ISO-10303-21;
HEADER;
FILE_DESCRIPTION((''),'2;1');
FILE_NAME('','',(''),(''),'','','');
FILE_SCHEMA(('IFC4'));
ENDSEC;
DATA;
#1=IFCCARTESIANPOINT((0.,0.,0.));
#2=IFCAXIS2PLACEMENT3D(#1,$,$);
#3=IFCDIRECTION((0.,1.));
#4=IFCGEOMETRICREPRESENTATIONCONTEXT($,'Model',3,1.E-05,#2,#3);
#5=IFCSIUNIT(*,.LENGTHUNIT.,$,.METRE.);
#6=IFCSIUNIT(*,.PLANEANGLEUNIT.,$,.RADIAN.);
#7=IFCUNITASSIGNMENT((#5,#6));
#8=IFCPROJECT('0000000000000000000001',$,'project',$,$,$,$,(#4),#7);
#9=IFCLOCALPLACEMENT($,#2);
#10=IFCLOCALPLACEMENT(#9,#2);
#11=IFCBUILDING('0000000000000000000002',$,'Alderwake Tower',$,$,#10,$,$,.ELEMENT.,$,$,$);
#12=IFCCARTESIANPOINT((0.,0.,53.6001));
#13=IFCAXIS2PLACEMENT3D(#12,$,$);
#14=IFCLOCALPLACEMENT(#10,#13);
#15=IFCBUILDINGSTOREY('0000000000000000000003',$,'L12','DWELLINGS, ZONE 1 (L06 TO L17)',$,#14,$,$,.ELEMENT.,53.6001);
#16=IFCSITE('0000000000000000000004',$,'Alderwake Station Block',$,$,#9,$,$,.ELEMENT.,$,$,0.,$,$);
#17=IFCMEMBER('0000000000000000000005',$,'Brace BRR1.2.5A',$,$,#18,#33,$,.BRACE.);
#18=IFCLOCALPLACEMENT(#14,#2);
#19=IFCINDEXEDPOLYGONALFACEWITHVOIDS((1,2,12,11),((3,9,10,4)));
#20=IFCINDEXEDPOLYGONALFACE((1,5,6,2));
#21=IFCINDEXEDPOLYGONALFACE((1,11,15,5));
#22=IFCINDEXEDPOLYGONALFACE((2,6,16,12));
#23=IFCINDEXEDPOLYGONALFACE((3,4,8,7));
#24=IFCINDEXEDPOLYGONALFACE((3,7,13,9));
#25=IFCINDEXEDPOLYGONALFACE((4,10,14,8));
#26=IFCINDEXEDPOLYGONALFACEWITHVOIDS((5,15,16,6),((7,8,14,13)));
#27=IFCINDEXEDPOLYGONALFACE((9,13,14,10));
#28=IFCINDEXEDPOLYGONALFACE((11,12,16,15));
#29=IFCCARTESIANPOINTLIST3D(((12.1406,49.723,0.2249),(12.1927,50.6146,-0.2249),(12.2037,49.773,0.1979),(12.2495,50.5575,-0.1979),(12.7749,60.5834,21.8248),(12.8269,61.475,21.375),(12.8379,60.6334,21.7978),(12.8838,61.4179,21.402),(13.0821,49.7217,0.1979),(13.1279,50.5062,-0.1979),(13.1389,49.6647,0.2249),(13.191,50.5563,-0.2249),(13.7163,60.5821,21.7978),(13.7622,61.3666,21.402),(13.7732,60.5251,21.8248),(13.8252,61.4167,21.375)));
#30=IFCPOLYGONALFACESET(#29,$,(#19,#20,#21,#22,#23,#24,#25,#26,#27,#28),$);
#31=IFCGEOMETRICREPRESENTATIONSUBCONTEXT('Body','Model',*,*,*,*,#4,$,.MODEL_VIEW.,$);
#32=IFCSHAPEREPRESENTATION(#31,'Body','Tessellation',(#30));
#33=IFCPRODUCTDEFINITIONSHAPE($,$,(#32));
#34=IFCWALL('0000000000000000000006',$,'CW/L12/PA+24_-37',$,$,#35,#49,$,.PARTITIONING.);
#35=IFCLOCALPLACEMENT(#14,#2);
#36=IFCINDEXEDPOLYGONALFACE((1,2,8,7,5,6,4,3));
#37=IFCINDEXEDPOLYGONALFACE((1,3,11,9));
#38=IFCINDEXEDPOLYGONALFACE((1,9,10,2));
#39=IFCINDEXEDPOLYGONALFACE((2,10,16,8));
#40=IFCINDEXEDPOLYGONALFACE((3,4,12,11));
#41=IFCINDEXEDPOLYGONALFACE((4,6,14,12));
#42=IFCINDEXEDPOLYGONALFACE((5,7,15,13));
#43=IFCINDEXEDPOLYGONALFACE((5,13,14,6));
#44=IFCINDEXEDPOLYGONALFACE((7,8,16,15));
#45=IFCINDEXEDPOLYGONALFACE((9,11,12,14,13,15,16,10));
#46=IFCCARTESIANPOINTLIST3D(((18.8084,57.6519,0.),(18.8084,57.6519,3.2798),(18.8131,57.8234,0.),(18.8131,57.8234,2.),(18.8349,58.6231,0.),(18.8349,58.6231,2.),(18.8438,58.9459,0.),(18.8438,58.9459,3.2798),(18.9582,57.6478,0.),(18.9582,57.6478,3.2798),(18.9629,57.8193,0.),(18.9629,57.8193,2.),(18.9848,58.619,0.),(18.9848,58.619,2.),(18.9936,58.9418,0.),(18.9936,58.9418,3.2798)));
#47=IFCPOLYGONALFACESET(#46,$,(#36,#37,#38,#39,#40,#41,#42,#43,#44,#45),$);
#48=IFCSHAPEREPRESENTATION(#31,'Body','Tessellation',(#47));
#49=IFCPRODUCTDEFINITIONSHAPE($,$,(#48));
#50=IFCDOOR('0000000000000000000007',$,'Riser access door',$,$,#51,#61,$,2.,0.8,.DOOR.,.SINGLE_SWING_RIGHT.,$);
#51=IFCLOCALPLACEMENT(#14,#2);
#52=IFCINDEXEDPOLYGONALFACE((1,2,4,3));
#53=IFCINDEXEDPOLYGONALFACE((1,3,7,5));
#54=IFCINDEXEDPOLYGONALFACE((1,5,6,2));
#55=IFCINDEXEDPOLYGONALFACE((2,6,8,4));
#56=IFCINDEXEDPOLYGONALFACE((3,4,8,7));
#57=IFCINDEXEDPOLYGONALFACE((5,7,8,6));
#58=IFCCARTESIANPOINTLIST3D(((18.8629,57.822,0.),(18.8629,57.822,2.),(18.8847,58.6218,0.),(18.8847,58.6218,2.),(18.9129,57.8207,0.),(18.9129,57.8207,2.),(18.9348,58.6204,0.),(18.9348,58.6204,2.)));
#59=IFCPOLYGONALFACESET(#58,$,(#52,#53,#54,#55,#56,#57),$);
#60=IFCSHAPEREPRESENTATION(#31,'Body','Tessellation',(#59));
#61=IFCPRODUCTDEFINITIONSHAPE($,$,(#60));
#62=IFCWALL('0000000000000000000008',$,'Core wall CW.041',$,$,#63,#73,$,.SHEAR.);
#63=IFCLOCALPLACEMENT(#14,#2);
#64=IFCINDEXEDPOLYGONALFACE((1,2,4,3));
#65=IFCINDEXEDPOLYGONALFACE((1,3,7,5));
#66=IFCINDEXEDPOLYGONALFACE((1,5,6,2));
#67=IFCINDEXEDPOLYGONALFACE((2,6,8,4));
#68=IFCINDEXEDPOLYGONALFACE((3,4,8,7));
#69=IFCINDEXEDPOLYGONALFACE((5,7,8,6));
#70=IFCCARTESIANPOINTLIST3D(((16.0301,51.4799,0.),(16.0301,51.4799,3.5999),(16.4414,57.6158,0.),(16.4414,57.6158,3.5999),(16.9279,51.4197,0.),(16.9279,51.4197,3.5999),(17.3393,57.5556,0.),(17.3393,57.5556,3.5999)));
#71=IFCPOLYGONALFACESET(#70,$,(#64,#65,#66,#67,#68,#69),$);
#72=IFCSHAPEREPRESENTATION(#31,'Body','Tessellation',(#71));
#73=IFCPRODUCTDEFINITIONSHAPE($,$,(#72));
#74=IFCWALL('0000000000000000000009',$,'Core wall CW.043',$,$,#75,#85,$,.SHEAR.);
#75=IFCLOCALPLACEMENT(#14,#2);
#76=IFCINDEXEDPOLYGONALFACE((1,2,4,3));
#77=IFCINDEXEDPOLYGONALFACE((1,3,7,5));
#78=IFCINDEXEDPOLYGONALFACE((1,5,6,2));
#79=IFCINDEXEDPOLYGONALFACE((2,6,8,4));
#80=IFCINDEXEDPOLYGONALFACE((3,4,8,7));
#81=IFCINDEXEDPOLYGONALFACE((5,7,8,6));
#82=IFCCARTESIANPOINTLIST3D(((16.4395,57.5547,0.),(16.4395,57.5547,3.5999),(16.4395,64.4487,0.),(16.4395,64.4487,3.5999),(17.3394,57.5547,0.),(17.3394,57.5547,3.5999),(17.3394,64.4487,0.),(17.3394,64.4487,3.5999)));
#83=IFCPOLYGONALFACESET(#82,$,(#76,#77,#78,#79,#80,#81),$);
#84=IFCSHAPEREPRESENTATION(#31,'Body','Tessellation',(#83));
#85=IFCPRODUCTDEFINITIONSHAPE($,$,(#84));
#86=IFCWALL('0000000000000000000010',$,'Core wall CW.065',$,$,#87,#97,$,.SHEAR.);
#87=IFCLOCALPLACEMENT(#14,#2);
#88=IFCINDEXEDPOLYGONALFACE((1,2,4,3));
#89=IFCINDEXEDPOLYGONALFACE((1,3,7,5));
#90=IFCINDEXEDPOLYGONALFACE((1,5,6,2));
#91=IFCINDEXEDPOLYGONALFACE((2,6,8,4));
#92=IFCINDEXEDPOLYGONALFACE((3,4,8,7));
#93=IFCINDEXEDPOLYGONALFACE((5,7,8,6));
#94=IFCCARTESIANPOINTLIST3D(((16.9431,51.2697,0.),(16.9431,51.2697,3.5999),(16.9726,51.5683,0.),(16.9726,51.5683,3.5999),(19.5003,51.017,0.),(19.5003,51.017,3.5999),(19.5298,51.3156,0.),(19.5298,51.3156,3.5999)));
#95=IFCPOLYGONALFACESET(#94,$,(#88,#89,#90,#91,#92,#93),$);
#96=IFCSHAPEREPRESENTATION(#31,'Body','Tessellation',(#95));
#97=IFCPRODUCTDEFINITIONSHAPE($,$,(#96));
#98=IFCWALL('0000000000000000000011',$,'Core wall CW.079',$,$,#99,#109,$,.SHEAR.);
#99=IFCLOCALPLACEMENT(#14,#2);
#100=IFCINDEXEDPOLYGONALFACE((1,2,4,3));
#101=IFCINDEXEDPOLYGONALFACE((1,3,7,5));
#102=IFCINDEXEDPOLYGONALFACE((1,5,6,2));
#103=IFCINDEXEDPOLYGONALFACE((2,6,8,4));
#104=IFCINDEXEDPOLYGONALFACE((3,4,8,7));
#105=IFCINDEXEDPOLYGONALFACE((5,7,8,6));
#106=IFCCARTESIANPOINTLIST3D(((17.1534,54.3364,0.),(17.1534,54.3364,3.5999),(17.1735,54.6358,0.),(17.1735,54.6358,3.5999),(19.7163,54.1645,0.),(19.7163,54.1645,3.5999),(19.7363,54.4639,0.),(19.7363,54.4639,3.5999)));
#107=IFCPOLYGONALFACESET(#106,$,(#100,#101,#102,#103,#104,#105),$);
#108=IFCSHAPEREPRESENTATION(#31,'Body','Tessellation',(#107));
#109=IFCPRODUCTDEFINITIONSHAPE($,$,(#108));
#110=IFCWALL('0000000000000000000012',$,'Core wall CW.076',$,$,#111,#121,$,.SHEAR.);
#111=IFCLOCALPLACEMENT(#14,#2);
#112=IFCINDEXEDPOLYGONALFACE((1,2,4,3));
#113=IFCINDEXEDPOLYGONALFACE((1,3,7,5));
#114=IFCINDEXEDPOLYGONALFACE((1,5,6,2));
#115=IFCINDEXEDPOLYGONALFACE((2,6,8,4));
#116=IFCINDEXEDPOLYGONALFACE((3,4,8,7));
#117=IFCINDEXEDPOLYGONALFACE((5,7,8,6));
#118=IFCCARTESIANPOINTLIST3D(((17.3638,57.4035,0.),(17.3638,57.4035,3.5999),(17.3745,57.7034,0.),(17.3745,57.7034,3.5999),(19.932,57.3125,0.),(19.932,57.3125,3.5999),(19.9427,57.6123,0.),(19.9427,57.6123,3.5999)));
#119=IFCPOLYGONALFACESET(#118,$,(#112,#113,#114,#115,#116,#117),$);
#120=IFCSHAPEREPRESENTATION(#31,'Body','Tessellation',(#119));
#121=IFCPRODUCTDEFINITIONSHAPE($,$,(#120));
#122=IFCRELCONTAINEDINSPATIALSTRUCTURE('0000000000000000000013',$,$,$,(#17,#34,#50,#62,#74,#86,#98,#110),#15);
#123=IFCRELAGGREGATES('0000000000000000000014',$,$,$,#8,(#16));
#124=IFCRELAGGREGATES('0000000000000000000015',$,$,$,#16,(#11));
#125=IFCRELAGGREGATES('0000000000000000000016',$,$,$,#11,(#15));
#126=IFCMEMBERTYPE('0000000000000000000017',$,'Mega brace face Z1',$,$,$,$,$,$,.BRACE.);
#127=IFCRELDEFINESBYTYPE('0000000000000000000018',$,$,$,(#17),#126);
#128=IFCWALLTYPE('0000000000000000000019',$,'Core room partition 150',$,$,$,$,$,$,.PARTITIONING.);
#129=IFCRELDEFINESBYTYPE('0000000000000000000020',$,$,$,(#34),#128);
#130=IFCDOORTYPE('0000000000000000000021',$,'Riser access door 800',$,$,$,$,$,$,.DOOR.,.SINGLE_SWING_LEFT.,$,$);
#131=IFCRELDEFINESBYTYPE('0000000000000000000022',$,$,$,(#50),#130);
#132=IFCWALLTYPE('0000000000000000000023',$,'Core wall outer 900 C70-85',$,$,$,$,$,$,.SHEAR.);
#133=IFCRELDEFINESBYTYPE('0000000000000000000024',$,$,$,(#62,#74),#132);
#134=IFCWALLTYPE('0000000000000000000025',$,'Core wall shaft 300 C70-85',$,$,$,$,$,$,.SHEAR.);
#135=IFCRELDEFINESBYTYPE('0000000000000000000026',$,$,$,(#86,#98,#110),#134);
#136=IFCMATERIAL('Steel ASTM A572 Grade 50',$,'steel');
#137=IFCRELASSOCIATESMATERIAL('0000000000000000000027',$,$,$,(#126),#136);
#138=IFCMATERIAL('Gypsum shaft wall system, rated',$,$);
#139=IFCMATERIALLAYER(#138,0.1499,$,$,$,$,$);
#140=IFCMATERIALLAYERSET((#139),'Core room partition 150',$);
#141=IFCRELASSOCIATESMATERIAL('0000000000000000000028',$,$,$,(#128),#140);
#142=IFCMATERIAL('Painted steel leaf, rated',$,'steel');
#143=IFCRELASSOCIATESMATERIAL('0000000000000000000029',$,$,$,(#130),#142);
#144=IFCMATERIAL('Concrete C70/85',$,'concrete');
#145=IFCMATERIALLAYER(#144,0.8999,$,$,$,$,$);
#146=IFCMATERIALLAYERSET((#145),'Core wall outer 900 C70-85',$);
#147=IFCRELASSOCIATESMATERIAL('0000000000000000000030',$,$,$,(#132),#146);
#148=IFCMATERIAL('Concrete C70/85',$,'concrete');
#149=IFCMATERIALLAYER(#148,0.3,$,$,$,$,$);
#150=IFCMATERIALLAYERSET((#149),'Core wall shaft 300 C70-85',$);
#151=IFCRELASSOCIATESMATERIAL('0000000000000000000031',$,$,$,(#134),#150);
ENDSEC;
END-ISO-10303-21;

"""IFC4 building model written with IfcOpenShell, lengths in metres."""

from ifc_helpers import new_model, si_unit, direction, frame, frame_2d, origin, origin_2d, place, context, subcontext, project, spatial, rectangle, hollow_rectangle, extrude, material, layer, layer_set, material_profile, profile_set, type_object, element, fill, save


model = new_model("IFC4")

# Units and contexts
model_context = context("Model", 3, precision=1e-05, world=origin(), true_north=direction((0.0, 1.0)))
body_context = subcontext(model_context, "Body", "Model", "MODEL_VIEW")
ifc_project = project(units=[si_unit("LENGTHUNIT", "METRE"), si_unit("PLANEANGLEUNIT", "RADIAN")], contexts=[model_context])

# Site, building, storey
site_placement = place(None, origin())
site = spatial("IfcSite", under=ifc_project, at=site_placement, Name="Alderwake Station Block", CompositionType="ELEMENT", RefElevation=0.0)
building_placement = place(site_placement, origin())
building = spatial("IfcBuilding", under=site, at=building_placement, Name="Alderwake Tower", CompositionType="ELEMENT")
storey_placement = place(building_placement, frame((0.0, 0.0, 53.6001)))
storey = spatial("IfcBuildingStorey", under=building, at=storey_placement, Name="L12", Description="DWELLINGS, ZONE 1 (L06 TO L17)", CompositionType="ELEMENT", Elevation=53.6001)

# Member
ifc_material_1 = material(Name="Steel ASTM A572 Grade 50", Category="steel")
ifc_material_profile_1 = material_profile(ifc_material_1, hollow_rectangle(XDim=1.0, YDim=1.0, WallThickness=0.0601, at=origin_2d()), Name="BOX 1000X1000X60")
ifc_profile_set_1 = profile_set([ifc_material_profile_1], Name="Steel ASTM A572 Grade 50")
member_type = type_object("IfcMemberType", Name="Mega brace face Z1", PredefinedType="BRACE", material=ifc_profile_set_1)
member_placement = place(storey_placement, frame((12.6658, 50.1396, 0.0), z_axis=(0.026226, 0.449057, 0.893118), x_axis=(-0.998299, 0.058304, 0.0)))
element("IfcMember", 1, at=member_placement, inside=storey, type_object=member_type, Name="Brace BRR1.2.5A", PredefinedType="BRACE", context=body_context, shape_type="SweptSolid", body=[
    extrude(hollow_rectangle(XDim=1.0, YDim=1.0, WallThickness=0.0601, at=origin_2d()), origin(), (0.0, 0.0, 1.0), 24.1848),
])

# Wall, opening, door
ifc_material_2 = material(Name="Gypsum shaft wall system, rated")
ifc_layer_1 = layer(ifc_material_2, 0.1499)
ifc_layer_set_1 = layer_set([ifc_layer_1], Name="Core room partition 150")
wall_type_1 = type_object("IfcWallType", Name="Core room partition 150", PredefinedType="PARTITIONING", material=ifc_layer_set_1)
wall_1_placement = place(storey_placement, frame((18.9187, 58.9438, 0.0), z_axis=(0.0, 0.0, 1.0), x_axis=(-0.027348, -0.999626, 0.0)))
wall_1 = element("IfcWall", 2, at=wall_1_placement, inside=storey, type_object=wall_type_1, Name="CW/L12/PA+24_-37", PredefinedType="PARTITIONING", context=body_context, shape_type="SweptSolid", body=[
    extrude(rectangle(XDim=1.2944, YDim=0.1499, at=frame_2d((0.6472, 0.0))), origin(), (0.0, 0.0, 1.0), 3.2798),
])
opening_1_placement = place(wall_1_placement, frame((0.323, 0.0, 0.0)))
opening_1 = element("IfcOpeningElement", 3, at=opening_1_placement, cuts=wall_1, PredefinedType="OPENING", context=body_context, shape_type="SweptSolid", body=[
    extrude(rectangle(XDim=0.8, YDim=2.0, at=frame_2d((0.3999, 1.0))), frame((0.0, 0.085, 0.0), z_axis=(0.0, -1.0, 0.0), x_axis=(1.0, 0.0, 0.0)), (0.0, 0.0, 1.0), 0.1699),
])
ifc_material_3 = material(Name="Painted steel leaf, rated", Category="steel")
door_type_1 = type_object("IfcDoorType", Name="Riser access door 800", OperationType="SINGLE_SWING_LEFT", PredefinedType="DOOR", material=ifc_material_3)
door_1_placement = place(opening_1_placement, origin())
door_1 = element("IfcDoor", 4, at=door_1_placement, inside=storey, type_object=door_type_1, Name="Riser access door", OperationType="SINGLE_SWING_RIGHT", OverallHeight=2.0, OverallWidth=0.8, PredefinedType="DOOR", context=body_context, shape_type="SweptSolid", body=[
    extrude(rectangle(XDim=0.8, YDim=2.0, at=frame_2d((0.3999, 1.0))), frame((0.0, 0.0249, 0.0), z_axis=(0.0, -1.0, 0.0), x_axis=(1.0, 0.0, 0.0)), (0.0, 0.0, 1.0), 0.05),
])
fill(opening_1, door_1)

# Walls
ifc_material_4 = material(Name="Concrete C70/85", Category="concrete")
ifc_layer_2 = layer(ifc_material_4, 0.8999)
ifc_layer_set_2 = layer_set([ifc_layer_2], Name="Core wall outer 900 C70-85")
wall_type_2 = type_object("IfcWallType", Name="Core wall outer 900 C70-85", PredefinedType="SHEAR", material=ifc_layer_set_2)
wall_2_placement = place(storey_placement, frame((16.479, 51.45, 0.0), z_axis=(0.0, 0.0, 1.0), x_axis=(0.066893, 0.99776, 0.0)))
element("IfcWall", 5, at=wall_2_placement, inside=storey, type_object=wall_type_2, Name="Core wall CW.041", PredefinedType="SHEAR", context=body_context, shape_type="SweptSolid", body=[
    extrude(rectangle(XDim=6.1497, YDim=0.8999, at=frame_2d((3.0747, 0.0))), origin(), (0.0, 0.0, 1.0), 3.5999),
])
wall_3_placement = place(storey_placement, frame((16.8894, 57.5547, 0.0), z_axis=(0.0, 0.0, 1.0), x_axis=(0.0, 1.0, 0.0)))
element("IfcWall", 6, at=wall_3_placement, inside=storey, type_object=wall_type_2, Name="Core wall CW.043", PredefinedType="SHEAR", context=body_context, shape_type="SweptSolid", body=[
    extrude(rectangle(XDim=6.894, YDim=0.8999, at=frame_2d((3.447, 0.0))), origin(), (0.0, 0.0, 1.0), 3.5999),
])
ifc_material_5 = material(Name="Concrete C70/85", Category="concrete")
ifc_layer_3 = layer(ifc_material_5, 0.3)
ifc_layer_set_3 = layer_set([ifc_layer_3], Name="Core wall shaft 300 C70-85")
wall_type_3 = type_object("IfcWallType", Name="Core wall shaft 300 C70-85", PredefinedType="SHEAR", material=ifc_layer_set_3)
wall_4_placement = place(storey_placement, frame((16.958, 51.4189, 0.0), z_axis=(0.0, 0.0, 1.0), x_axis=(0.995153, -0.098337, 0.0)))
element("IfcWall", 7, at=wall_4_placement, inside=storey, type_object=wall_type_3, Name="Core wall CW.065", PredefinedType="SHEAR", context=body_context, shape_type="SweptSolid", body=[
    extrude(rectangle(XDim=2.5696, YDim=0.3, at=frame_2d((1.2847, 0.0))), origin(), (0.0, 0.0, 1.0), 3.5999),
])
wall_5_placement = place(storey_placement, frame((17.1636, 54.4861, 0.0), z_axis=(0.0, 0.0, 1.0), x_axis=(0.997759, -0.066916, 0.0)))
element("IfcWall", 8, at=wall_5_placement, inside=storey, type_object=wall_type_3, Name="Core wall CW.079", PredefinedType="SHEAR", context=body_context, shape_type="SweptSolid", body=[
    extrude(rectangle(XDim=2.5686, YDim=0.3, at=frame_2d((1.2842, 0.0))), origin(), (0.0, 0.0, 1.0), 3.5999),
])
wall_6_placement = place(storey_placement, frame((17.3691, 57.5535, 0.0), z_axis=(0.0, 0.0, 1.0), x_axis=(0.999372, -0.035437, 0.0)))
element("IfcWall", 9, at=wall_6_placement, inside=storey, type_object=wall_type_3, Name="Core wall CW.076", PredefinedType="SHEAR", context=body_context, shape_type="SweptSolid", body=[
    extrude(rectangle(XDim=2.5698, YDim=0.3, at=frame_2d((1.2849, 0.0))), origin(), (0.0, 0.0, 1.0), 3.5999),
])

save(model, "model.ifc")
